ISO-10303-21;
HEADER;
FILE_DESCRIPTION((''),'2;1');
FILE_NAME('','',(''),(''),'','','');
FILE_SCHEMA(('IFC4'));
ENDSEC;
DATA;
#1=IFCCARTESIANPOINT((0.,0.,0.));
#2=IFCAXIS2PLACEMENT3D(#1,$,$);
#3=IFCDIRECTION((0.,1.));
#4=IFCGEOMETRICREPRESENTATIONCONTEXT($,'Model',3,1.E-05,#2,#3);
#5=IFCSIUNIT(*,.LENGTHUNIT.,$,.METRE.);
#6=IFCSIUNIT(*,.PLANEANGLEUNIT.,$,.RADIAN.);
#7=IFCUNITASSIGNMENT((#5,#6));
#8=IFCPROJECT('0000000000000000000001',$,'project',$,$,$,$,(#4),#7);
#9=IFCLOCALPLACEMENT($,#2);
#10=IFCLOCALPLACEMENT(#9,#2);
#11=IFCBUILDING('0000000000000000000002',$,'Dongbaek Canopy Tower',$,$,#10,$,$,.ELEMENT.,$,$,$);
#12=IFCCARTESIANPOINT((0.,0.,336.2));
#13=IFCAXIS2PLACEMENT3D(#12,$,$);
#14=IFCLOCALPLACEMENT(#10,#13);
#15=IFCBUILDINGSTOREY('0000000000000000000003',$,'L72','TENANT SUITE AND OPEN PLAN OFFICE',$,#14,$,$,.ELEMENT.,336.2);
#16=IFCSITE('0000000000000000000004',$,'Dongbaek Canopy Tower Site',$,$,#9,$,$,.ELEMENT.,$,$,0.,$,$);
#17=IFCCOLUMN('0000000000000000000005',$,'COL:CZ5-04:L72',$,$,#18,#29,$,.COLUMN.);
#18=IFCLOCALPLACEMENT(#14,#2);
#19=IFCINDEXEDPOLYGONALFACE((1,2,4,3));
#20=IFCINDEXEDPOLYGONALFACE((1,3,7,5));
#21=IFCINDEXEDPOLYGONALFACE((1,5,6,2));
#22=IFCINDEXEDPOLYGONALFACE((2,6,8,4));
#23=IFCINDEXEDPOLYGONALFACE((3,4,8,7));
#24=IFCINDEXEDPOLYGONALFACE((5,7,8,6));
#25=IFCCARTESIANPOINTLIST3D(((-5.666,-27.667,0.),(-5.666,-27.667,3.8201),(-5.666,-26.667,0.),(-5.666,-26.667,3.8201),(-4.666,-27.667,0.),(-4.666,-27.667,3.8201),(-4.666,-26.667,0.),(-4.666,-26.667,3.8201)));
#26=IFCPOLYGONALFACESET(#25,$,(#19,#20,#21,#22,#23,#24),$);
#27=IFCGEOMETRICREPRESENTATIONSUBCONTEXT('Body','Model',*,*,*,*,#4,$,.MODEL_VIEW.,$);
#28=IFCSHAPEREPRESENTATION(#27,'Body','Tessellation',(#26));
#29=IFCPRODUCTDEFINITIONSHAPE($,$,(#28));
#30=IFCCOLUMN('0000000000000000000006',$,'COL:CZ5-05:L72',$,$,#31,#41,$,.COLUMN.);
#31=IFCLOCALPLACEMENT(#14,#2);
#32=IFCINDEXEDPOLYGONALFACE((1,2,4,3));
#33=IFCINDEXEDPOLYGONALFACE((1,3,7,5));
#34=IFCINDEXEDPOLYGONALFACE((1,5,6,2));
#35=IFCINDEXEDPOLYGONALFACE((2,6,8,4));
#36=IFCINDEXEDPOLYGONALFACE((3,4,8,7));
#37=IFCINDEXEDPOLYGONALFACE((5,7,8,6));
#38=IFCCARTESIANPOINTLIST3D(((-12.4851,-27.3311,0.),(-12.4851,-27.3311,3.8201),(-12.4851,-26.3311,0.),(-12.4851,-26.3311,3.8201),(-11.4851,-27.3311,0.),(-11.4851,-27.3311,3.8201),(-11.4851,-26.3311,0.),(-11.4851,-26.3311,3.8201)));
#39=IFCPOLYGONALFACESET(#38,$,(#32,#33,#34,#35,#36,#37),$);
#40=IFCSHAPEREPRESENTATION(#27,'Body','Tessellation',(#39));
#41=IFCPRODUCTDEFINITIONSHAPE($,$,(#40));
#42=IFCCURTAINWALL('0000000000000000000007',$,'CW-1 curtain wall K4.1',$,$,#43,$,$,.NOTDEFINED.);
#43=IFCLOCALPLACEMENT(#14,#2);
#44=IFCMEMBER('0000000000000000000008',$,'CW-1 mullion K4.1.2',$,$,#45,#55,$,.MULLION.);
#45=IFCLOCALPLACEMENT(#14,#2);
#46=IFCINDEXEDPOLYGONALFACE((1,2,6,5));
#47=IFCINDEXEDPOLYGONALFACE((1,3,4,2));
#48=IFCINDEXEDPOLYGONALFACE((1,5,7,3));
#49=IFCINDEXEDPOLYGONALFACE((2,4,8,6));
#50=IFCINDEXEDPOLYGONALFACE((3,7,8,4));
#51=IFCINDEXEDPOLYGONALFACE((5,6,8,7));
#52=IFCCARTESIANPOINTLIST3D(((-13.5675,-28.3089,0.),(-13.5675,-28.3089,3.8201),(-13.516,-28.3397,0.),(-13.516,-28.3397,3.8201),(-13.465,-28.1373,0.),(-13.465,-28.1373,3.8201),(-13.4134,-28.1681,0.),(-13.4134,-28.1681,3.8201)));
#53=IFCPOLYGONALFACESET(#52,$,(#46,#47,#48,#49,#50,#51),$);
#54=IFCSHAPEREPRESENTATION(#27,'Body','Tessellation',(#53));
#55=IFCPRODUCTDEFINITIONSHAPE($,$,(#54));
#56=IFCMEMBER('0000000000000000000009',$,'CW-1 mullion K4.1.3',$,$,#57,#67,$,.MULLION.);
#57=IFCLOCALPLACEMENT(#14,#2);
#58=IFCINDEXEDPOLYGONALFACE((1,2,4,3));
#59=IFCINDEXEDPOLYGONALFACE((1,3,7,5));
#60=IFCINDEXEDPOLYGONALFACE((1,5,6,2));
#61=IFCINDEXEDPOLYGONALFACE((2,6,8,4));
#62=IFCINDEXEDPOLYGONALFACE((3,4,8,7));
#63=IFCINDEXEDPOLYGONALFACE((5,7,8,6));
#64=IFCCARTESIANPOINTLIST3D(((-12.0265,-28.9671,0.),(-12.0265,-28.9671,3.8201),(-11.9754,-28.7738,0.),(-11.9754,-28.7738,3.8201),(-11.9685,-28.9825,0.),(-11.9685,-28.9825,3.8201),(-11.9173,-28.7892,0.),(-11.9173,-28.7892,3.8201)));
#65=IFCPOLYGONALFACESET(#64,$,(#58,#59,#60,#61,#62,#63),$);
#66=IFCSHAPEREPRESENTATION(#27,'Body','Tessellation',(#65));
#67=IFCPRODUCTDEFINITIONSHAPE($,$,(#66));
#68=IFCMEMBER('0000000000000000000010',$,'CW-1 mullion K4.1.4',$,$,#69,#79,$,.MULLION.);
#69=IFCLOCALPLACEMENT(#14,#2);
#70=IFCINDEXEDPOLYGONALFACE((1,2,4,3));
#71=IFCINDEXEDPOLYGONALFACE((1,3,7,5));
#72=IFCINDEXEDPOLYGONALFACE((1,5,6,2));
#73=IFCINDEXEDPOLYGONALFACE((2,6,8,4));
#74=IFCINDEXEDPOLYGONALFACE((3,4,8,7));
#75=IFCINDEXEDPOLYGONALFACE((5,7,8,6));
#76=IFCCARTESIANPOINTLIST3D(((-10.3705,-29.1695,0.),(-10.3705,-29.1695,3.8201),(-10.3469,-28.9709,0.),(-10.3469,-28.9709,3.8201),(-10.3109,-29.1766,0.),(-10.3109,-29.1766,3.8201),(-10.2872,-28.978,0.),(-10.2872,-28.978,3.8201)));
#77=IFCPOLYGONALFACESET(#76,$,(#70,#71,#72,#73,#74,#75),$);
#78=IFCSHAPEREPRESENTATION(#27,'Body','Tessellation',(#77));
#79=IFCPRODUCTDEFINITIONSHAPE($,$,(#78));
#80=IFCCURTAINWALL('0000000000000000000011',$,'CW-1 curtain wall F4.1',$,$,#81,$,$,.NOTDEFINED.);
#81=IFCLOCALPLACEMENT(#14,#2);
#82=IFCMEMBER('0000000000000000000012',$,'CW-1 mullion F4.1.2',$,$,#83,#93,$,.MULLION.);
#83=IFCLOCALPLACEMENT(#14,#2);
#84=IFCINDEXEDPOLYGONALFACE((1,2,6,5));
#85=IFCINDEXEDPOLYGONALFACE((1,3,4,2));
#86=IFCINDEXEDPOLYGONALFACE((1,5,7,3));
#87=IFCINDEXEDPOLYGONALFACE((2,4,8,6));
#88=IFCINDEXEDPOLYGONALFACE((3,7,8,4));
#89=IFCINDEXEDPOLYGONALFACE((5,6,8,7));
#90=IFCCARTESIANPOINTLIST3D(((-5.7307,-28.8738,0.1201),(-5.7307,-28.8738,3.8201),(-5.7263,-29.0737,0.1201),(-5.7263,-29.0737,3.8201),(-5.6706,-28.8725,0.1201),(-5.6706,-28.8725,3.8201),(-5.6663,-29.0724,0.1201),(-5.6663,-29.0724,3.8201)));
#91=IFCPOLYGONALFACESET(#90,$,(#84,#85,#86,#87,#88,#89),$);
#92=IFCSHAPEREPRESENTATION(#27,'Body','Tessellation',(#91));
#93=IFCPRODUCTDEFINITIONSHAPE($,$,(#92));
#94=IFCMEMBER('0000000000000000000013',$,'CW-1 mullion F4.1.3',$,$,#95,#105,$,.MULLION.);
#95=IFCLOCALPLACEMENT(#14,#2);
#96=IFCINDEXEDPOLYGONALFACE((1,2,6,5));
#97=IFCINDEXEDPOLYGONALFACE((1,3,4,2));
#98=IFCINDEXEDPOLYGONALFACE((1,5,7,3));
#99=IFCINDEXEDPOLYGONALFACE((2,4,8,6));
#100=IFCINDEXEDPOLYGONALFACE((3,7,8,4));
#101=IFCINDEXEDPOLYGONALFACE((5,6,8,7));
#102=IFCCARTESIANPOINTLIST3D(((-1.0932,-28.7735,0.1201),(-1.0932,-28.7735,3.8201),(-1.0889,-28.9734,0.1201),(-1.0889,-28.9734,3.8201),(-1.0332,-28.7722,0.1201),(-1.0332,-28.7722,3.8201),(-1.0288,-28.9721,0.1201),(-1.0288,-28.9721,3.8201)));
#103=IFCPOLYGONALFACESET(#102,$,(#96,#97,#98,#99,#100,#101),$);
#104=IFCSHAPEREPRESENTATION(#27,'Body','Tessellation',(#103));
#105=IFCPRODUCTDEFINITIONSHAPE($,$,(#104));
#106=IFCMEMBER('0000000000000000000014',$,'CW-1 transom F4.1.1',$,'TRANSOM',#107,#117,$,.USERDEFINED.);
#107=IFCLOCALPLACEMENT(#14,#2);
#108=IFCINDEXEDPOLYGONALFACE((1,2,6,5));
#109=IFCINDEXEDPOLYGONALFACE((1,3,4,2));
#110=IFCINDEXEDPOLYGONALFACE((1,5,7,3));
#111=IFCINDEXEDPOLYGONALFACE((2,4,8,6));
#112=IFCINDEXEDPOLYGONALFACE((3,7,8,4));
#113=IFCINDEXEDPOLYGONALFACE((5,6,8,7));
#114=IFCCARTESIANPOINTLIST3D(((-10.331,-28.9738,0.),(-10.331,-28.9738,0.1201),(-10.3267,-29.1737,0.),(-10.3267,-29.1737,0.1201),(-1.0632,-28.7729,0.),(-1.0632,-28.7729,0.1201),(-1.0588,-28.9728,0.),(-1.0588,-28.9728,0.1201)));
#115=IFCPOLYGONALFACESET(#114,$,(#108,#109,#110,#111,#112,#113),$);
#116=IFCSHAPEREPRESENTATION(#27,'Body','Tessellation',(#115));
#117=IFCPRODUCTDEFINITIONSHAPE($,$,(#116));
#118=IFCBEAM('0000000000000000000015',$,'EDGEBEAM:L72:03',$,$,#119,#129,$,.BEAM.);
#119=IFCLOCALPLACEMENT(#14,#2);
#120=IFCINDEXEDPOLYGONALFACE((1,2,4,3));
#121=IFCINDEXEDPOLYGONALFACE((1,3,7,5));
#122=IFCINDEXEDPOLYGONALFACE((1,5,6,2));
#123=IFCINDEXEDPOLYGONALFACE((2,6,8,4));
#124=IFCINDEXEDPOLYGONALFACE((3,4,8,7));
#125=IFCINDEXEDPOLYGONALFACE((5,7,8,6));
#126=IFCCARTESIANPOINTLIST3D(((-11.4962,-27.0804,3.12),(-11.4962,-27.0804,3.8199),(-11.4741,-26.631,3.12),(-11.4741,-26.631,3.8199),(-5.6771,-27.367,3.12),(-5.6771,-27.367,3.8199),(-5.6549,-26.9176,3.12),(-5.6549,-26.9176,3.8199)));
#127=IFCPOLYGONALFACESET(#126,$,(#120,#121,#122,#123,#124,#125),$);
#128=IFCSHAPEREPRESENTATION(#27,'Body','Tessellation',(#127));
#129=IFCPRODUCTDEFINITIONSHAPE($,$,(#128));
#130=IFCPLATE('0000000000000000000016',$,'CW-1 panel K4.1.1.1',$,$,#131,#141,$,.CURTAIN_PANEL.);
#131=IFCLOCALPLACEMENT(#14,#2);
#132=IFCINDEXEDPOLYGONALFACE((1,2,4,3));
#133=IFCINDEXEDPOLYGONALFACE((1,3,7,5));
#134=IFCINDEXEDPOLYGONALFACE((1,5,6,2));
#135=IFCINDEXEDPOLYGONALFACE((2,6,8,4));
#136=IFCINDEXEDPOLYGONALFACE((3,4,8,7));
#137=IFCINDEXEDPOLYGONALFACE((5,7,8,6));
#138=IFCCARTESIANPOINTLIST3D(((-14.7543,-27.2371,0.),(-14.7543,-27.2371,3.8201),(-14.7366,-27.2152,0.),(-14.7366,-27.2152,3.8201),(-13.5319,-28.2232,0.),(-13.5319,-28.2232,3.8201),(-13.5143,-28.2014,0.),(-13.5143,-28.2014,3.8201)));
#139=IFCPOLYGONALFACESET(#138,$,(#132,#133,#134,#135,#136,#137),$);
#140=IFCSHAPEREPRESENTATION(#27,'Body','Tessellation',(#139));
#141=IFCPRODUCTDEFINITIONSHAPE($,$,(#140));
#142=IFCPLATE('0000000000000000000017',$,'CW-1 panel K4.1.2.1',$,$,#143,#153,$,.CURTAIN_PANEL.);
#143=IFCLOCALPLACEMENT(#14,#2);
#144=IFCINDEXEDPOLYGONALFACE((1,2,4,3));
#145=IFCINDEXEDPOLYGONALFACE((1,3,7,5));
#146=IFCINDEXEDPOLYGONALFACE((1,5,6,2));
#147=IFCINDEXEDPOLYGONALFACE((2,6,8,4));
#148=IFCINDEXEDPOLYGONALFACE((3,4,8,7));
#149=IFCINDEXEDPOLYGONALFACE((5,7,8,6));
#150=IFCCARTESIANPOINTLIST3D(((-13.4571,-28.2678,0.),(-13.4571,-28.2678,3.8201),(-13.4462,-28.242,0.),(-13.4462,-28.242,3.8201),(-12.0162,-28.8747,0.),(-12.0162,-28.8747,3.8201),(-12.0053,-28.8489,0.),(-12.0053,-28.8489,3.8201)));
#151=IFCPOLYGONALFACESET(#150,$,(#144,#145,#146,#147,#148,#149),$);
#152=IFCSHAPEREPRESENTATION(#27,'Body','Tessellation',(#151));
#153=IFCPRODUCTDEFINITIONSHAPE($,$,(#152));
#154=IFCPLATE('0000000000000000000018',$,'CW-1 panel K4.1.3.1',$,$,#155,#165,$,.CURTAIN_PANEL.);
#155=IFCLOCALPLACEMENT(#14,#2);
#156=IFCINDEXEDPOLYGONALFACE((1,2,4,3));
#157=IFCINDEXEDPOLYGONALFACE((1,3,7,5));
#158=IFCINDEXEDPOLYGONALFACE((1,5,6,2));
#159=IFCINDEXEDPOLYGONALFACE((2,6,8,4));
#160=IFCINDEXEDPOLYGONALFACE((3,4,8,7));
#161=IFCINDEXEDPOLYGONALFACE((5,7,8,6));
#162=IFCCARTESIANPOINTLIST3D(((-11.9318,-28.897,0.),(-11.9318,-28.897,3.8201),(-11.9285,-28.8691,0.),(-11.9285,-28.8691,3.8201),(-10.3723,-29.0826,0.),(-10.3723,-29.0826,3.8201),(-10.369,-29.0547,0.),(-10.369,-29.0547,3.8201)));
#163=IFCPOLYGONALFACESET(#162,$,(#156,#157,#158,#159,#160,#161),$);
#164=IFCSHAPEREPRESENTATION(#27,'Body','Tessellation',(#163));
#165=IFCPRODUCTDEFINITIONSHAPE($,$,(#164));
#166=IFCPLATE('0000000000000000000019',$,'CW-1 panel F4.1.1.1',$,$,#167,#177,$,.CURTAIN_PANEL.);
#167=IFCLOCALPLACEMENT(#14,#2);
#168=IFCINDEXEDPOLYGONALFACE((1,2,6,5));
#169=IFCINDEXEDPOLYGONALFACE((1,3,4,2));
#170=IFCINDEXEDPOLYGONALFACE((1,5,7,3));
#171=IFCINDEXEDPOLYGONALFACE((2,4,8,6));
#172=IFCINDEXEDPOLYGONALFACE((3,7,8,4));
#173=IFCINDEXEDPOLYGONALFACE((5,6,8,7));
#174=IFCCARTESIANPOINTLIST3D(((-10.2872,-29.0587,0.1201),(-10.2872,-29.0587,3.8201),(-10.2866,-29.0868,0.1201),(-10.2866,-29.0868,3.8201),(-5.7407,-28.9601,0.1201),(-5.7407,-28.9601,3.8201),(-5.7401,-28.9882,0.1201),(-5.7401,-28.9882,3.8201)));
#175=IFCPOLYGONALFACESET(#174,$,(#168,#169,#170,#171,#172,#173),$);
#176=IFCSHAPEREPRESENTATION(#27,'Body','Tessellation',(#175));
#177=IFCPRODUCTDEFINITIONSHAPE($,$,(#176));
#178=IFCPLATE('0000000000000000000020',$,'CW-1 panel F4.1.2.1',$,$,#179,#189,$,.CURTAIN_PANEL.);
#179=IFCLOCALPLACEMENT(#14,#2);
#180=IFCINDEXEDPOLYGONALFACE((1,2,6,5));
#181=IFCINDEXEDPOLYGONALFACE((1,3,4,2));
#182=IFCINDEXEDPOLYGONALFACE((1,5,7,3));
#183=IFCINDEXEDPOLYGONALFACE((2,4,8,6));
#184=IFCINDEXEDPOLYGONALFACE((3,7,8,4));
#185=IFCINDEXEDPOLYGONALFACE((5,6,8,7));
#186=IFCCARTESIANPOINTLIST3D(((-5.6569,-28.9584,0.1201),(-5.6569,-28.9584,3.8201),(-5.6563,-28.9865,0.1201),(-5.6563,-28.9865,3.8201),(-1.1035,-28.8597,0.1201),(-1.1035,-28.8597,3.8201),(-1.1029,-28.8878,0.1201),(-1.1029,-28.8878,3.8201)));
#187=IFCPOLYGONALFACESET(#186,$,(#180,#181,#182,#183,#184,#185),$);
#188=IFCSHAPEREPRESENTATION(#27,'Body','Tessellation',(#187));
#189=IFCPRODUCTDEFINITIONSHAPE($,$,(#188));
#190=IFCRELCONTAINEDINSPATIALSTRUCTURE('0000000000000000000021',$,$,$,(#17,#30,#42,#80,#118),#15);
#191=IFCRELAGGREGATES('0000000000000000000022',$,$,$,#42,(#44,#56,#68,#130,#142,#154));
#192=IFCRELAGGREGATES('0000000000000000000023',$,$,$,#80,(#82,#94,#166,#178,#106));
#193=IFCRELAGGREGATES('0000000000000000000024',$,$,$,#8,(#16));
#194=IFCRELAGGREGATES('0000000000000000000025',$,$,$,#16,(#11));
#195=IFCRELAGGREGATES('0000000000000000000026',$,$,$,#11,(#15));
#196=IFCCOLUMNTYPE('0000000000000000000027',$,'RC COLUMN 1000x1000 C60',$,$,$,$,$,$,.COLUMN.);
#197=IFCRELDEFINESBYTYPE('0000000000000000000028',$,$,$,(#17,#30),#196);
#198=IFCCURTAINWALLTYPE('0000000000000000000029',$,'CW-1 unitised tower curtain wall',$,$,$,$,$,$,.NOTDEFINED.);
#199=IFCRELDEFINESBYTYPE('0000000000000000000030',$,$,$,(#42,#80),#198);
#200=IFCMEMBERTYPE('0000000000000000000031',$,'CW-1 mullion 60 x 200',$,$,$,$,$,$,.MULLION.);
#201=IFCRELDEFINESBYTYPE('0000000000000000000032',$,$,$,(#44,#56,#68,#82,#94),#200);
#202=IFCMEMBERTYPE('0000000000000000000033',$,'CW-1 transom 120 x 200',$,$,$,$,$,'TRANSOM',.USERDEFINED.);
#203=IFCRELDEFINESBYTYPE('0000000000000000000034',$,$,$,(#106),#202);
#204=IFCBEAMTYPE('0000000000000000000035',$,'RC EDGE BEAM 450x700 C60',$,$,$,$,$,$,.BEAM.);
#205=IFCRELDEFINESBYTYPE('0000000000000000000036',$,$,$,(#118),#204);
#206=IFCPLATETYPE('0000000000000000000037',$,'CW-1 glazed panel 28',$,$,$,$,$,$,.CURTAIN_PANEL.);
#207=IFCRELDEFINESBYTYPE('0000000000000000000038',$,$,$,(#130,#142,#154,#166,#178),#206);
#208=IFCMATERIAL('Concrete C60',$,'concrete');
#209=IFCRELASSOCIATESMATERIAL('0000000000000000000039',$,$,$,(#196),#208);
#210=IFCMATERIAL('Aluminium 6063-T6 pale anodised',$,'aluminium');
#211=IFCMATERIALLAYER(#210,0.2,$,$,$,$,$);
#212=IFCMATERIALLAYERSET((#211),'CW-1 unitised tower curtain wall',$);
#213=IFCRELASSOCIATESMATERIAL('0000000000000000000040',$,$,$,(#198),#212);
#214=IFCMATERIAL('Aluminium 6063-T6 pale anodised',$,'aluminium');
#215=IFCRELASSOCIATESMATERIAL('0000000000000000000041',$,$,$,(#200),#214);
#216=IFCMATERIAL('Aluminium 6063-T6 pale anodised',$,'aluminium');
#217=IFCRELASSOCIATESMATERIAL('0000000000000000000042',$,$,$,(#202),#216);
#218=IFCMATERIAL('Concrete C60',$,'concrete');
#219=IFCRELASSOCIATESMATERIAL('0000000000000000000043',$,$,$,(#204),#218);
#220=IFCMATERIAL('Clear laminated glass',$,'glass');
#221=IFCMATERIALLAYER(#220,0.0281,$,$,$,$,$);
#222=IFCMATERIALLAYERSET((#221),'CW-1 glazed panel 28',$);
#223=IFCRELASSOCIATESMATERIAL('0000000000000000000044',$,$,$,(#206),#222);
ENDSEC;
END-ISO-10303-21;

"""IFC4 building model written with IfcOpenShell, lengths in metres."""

from ifc_helpers import new_model, si_unit, direction, frame, origin, origin_2d, place, context, subcontext, project, spatial, rectangle, extrude, material, layer, layer_set, material_profile, profile_set, type_object, element, aggregate, save


model = new_model("IFC4")

# Units and contexts
model_context = context("Model", 3, precision=1e-05, world=origin(), true_north=direction((0.0, 1.0)))
body_context = subcontext(model_context, "Body", "Model", "MODEL_VIEW")
ifc_project = project(units=[si_unit("LENGTHUNIT", "METRE"), si_unit("PLANEANGLEUNIT", "RADIAN")], contexts=[model_context])

# Site, building, storey
site_placement = place(None, origin())
site = spatial("IfcSite", under=ifc_project, at=site_placement, Name="Dongbaek Canopy Tower Site", CompositionType="ELEMENT", RefElevation=0.0)
building_placement = place(site_placement, origin())
building = spatial("IfcBuilding", under=site, at=building_placement, Name="Dongbaek Canopy Tower", CompositionType="ELEMENT")
storey_placement = place(building_placement, frame((0.0, 0.0, 336.2)))
storey = spatial("IfcBuildingStorey", under=building, at=storey_placement, Name="L72", Description="TENANT SUITE AND OPEN PLAN OFFICE", CompositionType="ELEMENT", Elevation=336.2)

# Columns
ifc_material_1 = material(Name="Concrete C60", Category="concrete")
ifc_material_profile_1 = material_profile(ifc_material_1, rectangle(XDim=1.0, YDim=1.0, at=origin_2d()), Name="RC COLUMN 1000x1000 C60")
ifc_profile_set_1 = profile_set([ifc_material_profile_1], Name="Concrete C60")
column_type = type_object("IfcColumnType", Name="RC COLUMN 1000x1000 C60", PredefinedType="COLUMN", material=ifc_profile_set_1)
for number, where, z_axis, x_axis, name in (
    (1, (-5.166, -27.167, 0.0), (0.0, 0.0, 1.0), (1.0, 0.0, 0.0), "COL:CZ5-04:L72"),
    (2, (-11.9851, -26.8311, 0.0), (0.0, 0.0, 1.0), (1.0, 0.0, 0.0), "COL:CZ5-05:L72"),
):
    element("IfcColumn", number, at=place(storey_placement, frame(where, z_axis=z_axis, x_axis=x_axis)), inside=storey, type_object=column_type, Name=name, PredefinedType="COLUMN", context=body_context, shape_type="SweptSolid", body=[
        extrude(rectangle(XDim=1.0, YDim=1.0, at=origin_2d()), origin(), (0.0, 0.0, 1.0), 3.8201),
    ])

# Curtain walls, members
ifc_material_2 = material(Name="Aluminium 6063-T6 pale anodised", Category="aluminium")
ifc_layer_1 = layer(ifc_material_2, 0.2)
ifc_layer_set_1 = layer_set([ifc_layer_1], Name="CW-1 unitised tower curtain wall")
curtain_wall_type = type_object("IfcCurtainWallType", Name="CW-1 unitised tower curtain wall", PredefinedType="NOTDEFINED", material=ifc_layer_set_1)
curtain_wall_1_placement = place(storey_placement, origin())
curtain_wall_1 = element("IfcCurtainWall", 3, at=curtain_wall_1_placement, inside=storey, type_object=curtain_wall_type, Name="CW-1 curtain wall K4.1", PredefinedType="NOTDEFINED")
ifc_material_3 = material(Name="Aluminium 6063-T6 pale anodised", Category="aluminium")
ifc_material_profile_2 = material_profile(ifc_material_3, rectangle(XDim=0.2, YDim=0.0601, at=origin_2d()), Name="CW-1 mullion 60 x 200")
ifc_profile_set_2 = profile_set([ifc_material_profile_2], Name="Aluminium 6063-T6 pale anodised")
member_type_1 = type_object("IfcMemberType", Name="CW-1 mullion 60 x 200", PredefinedType="MULLION", material=ifc_profile_set_2)
member_1_placement = place(storey_placement, frame((-13.4905, -28.2385, 0.0), z_axis=(0.0, 0.0, 1.0), x_axis=(-0.513063, -0.858351, 0.0)))
member_1 = element("IfcMember", 4, at=member_1_placement, type_object=member_type_1, Name="CW-1 mullion K4.1.2", PredefinedType="MULLION", context=body_context, shape_type="SweptSolid", body=[
    extrude(rectangle(XDim=0.2, YDim=0.0601, at=origin_2d()), origin(), (0.0, 0.0, 1.0), 3.8201),
])
member_2_placement = place(storey_placement, frame((-11.9719, -28.8782, 0.0), z_axis=(0.0, 0.0, 1.0), x_axis=(-0.255666, -0.966765, 0.0)))
member_2 = element("IfcMember", 5, at=member_2_placement, type_object=member_type_1, Name="CW-1 mullion K4.1.3", PredefinedType="MULLION", context=body_context, shape_type="SweptSolid", body=[
    extrude(rectangle(XDim=0.2, YDim=0.0601, at=origin_2d()), origin(), (0.0, 0.0, 1.0), 3.8201),
])
member_3_placement = place(storey_placement, frame((-10.3289, -29.0737, 0.0), z_axis=(0.0, 0.0, 1.0), x_axis=(-0.118153, -0.992995, 0.0)))
member_3 = element("IfcMember", 6, at=member_3_placement, type_object=member_type_1, Name="CW-1 mullion K4.1.4", PredefinedType="MULLION", context=body_context, shape_type="SweptSolid", body=[
    extrude(rectangle(XDim=0.2, YDim=0.0601, at=origin_2d()), origin(), (0.0, 0.0, 1.0), 3.8201),
])
curtain_wall_2_placement = place(storey_placement, origin())
curtain_wall_2 = element("IfcCurtainWall", 7, at=curtain_wall_2_placement, inside=storey, type_object=curtain_wall_type, Name="CW-1 curtain wall F4.1", PredefinedType="NOTDEFINED")
member_4_placement = place(storey_placement, frame((-5.6985, -28.9731, 0.1201), z_axis=(0.0, 0.0, 1.0), x_axis=(0.021676, -0.999765, 0.0)))
member_4 = element("IfcMember", 8, at=member_4_placement, type_object=member_type_1, Name="CW-1 mullion F4.1.2", PredefinedType="MULLION", context=body_context, shape_type="SweptSolid", body=[
    extrude(rectangle(XDim=0.2, YDim=0.0601, at=origin_2d()), origin(), (0.0, 0.0, 1.0), 3.7),
])
member_5_placement = place(storey_placement, frame((-1.061, -28.8728, 0.1201), z_axis=(0.0, 0.0, 1.0), x_axis=(0.021676, -0.999765, 0.0)))
member_5 = element("IfcMember", 9, at=member_5_placement, type_object=member_type_1, Name="CW-1 mullion F4.1.3", PredefinedType="MULLION", context=body_context, shape_type="SweptSolid", body=[
    extrude(rectangle(XDim=0.2, YDim=0.0601, at=origin_2d()), origin(), (0.0, 0.0, 1.0), 3.7),
])
ifc_material_4 = material(Name="Aluminium 6063-T6 pale anodised", Category="aluminium")
ifc_material_profile_3 = material_profile(ifc_material_4, rectangle(XDim=0.2, YDim=0.1201, at=origin_2d()), Name="CW-1 transom 120 x 200")
ifc_profile_set_3 = profile_set([ifc_material_profile_3], Name="Aluminium 6063-T6 pale anodised")
member_type_2 = type_object("IfcMemberType", Name="CW-1 transom 120 x 200", ElementType="TRANSOM", PredefinedType="USERDEFINED", material=ifc_profile_set_3)
member_6_placement = place(storey_placement, frame((-10.3289, -29.0737, 0.0601), z_axis=(0.999765, 0.021675, 0.0), x_axis=(-0.021675, 0.999765, 0.0)))
member_6 = element("IfcMember", 10, at=member_6_placement, type_object=member_type_2, Name="CW-1 transom F4.1.1", ObjectType="TRANSOM", PredefinedType="USERDEFINED", context=body_context, shape_type="SweptSolid", body=[
    extrude(rectangle(XDim=0.2, YDim=0.1201, at=origin_2d()), origin(), (0.0, 0.0, 1.0), 9.27),
])

# Beam
ifc_material_5 = material(Name="Concrete C60", Category="concrete")
ifc_material_profile_4 = material_profile(ifc_material_5, rectangle(XDim=0.45, YDim=0.7, at=origin_2d()), Name="RC EDGE BEAM 450x700 C60")
ifc_profile_set_4 = profile_set([ifc_material_profile_4], Name="Concrete C60")
beam_type = type_object("IfcBeamType", Name="RC EDGE BEAM 450x700 C60", PredefinedType="BEAM", material=ifc_profile_set_4)
beam_placement = place(storey_placement, frame((-5.666, -27.1423, 3.47), z_axis=(-0.998789, 0.049196, 0.0), x_axis=(-0.049196, -0.998789, 0.0)))
element("IfcBeam", 11, at=beam_placement, inside=storey, type_object=beam_type, Name="EDGEBEAM:L72:03", PredefinedType="BEAM", context=body_context, shape_type="SweptSolid", body=[
    extrude(rectangle(XDim=0.45, YDim=0.7, at=origin_2d()), origin(), (0.0, 0.0, 1.0), 5.8262),
])

# Plates
ifc_material_6 = material(Name="Clear laminated glass", Category="glass")
ifc_layer_2 = layer(ifc_material_6, 0.0281)
ifc_layer_set_2 = layer_set([ifc_layer_2], Name="CW-1 glazed panel 28")
plate_type = type_object("IfcPlateType", Name="CW-1 glazed panel 28", PredefinedType="CURTAIN_PANEL", material=ifc_layer_set_2)
plate_1_placement = place(storey_placement, frame((-14.1343, -27.7192, 0.0), z_axis=(0.0, 0.0, 1.0), x_axis=(0.778291, -0.627904, 0.0)))
plate_1 = element("IfcPlate", 12, at=plate_1_placement, type_object=plate_type, Name="CW-1 panel K4.1.1.1", PredefinedType="CURTAIN_PANEL", context=body_context, shape_type="SweptSolid", body=[
    extrude(rectangle(XDim=1.5706, YDim=0.0281, at=origin_2d()), origin(), (0.0, 0.0, 1.0), 3.8201),
])
plate_2_placement = place(storey_placement, frame((-12.7312, -28.5583, 0.0), z_axis=(0.0, 0.0, 1.0), x_axis=(0.921589, -0.388168, 0.0)))
plate_2 = element("IfcPlate", 13, at=plate_2_placement, type_object=plate_type, Name="CW-1 panel K4.1.2.1", PredefinedType="CURTAIN_PANEL", context=body_context, shape_type="SweptSolid", body=[
    extrude(rectangle(XDim=1.5635, YDim=0.0281, at=origin_2d()), origin(), (0.0, 0.0, 1.0), 3.8201),
])
plate_3_placement = place(storey_placement, frame((-11.1504, -28.9758, 0.0), z_axis=(0.0, 0.0, 1.0), x_axis=(0.992995, -0.118153, 0.0)))
plate_3 = element("IfcPlate", 14, at=plate_3_placement, type_object=plate_type, Name="CW-1 panel K4.1.3.1", PredefinedType="CURTAIN_PANEL", context=body_context, shape_type="SweptSolid", body=[
    extrude(rectangle(XDim=1.5706, YDim=0.0281, at=origin_2d()), origin(), (0.0, 0.0, 1.0), 3.8201),
])
aggregate(curtain_wall_1, [member_1, member_2, member_3, plate_1, plate_2, plate_3])
plate_4_placement = place(storey_placement, frame((-8.0137, -29.0234, 0.1201), z_axis=(0.0, 0.0, 1.0), x_axis=(0.999765, 0.021676, 0.0)))
plate_4 = element("IfcPlate", 15, at=plate_4_placement, type_object=plate_type, Name="CW-1 panel F4.1.1.1", PredefinedType="CURTAIN_PANEL", context=body_context, shape_type="SweptSolid", body=[
    extrude(rectangle(XDim=4.5476, YDim=0.0281, at=origin_2d()), origin(), (0.0, 0.0, 1.0), 3.7),
])
plate_5_placement = place(storey_placement, frame((-3.3799, -28.9231, 0.1201), z_axis=(0.0, 0.0, 1.0), x_axis=(0.999765, 0.021676, 0.0)))
plate_5 = element("IfcPlate", 16, at=plate_5_placement, type_object=plate_type, Name="CW-1 panel F4.1.2.1", PredefinedType="CURTAIN_PANEL", context=body_context, shape_type="SweptSolid", body=[
    extrude(rectangle(XDim=4.5544, YDim=0.0281, at=origin_2d()), origin(), (0.0, 0.0, 1.0), 3.7),
])

aggregate(curtain_wall_2, [member_4, member_5, plate_4, plate_5, member_6])

save(model, "model.ifc")
